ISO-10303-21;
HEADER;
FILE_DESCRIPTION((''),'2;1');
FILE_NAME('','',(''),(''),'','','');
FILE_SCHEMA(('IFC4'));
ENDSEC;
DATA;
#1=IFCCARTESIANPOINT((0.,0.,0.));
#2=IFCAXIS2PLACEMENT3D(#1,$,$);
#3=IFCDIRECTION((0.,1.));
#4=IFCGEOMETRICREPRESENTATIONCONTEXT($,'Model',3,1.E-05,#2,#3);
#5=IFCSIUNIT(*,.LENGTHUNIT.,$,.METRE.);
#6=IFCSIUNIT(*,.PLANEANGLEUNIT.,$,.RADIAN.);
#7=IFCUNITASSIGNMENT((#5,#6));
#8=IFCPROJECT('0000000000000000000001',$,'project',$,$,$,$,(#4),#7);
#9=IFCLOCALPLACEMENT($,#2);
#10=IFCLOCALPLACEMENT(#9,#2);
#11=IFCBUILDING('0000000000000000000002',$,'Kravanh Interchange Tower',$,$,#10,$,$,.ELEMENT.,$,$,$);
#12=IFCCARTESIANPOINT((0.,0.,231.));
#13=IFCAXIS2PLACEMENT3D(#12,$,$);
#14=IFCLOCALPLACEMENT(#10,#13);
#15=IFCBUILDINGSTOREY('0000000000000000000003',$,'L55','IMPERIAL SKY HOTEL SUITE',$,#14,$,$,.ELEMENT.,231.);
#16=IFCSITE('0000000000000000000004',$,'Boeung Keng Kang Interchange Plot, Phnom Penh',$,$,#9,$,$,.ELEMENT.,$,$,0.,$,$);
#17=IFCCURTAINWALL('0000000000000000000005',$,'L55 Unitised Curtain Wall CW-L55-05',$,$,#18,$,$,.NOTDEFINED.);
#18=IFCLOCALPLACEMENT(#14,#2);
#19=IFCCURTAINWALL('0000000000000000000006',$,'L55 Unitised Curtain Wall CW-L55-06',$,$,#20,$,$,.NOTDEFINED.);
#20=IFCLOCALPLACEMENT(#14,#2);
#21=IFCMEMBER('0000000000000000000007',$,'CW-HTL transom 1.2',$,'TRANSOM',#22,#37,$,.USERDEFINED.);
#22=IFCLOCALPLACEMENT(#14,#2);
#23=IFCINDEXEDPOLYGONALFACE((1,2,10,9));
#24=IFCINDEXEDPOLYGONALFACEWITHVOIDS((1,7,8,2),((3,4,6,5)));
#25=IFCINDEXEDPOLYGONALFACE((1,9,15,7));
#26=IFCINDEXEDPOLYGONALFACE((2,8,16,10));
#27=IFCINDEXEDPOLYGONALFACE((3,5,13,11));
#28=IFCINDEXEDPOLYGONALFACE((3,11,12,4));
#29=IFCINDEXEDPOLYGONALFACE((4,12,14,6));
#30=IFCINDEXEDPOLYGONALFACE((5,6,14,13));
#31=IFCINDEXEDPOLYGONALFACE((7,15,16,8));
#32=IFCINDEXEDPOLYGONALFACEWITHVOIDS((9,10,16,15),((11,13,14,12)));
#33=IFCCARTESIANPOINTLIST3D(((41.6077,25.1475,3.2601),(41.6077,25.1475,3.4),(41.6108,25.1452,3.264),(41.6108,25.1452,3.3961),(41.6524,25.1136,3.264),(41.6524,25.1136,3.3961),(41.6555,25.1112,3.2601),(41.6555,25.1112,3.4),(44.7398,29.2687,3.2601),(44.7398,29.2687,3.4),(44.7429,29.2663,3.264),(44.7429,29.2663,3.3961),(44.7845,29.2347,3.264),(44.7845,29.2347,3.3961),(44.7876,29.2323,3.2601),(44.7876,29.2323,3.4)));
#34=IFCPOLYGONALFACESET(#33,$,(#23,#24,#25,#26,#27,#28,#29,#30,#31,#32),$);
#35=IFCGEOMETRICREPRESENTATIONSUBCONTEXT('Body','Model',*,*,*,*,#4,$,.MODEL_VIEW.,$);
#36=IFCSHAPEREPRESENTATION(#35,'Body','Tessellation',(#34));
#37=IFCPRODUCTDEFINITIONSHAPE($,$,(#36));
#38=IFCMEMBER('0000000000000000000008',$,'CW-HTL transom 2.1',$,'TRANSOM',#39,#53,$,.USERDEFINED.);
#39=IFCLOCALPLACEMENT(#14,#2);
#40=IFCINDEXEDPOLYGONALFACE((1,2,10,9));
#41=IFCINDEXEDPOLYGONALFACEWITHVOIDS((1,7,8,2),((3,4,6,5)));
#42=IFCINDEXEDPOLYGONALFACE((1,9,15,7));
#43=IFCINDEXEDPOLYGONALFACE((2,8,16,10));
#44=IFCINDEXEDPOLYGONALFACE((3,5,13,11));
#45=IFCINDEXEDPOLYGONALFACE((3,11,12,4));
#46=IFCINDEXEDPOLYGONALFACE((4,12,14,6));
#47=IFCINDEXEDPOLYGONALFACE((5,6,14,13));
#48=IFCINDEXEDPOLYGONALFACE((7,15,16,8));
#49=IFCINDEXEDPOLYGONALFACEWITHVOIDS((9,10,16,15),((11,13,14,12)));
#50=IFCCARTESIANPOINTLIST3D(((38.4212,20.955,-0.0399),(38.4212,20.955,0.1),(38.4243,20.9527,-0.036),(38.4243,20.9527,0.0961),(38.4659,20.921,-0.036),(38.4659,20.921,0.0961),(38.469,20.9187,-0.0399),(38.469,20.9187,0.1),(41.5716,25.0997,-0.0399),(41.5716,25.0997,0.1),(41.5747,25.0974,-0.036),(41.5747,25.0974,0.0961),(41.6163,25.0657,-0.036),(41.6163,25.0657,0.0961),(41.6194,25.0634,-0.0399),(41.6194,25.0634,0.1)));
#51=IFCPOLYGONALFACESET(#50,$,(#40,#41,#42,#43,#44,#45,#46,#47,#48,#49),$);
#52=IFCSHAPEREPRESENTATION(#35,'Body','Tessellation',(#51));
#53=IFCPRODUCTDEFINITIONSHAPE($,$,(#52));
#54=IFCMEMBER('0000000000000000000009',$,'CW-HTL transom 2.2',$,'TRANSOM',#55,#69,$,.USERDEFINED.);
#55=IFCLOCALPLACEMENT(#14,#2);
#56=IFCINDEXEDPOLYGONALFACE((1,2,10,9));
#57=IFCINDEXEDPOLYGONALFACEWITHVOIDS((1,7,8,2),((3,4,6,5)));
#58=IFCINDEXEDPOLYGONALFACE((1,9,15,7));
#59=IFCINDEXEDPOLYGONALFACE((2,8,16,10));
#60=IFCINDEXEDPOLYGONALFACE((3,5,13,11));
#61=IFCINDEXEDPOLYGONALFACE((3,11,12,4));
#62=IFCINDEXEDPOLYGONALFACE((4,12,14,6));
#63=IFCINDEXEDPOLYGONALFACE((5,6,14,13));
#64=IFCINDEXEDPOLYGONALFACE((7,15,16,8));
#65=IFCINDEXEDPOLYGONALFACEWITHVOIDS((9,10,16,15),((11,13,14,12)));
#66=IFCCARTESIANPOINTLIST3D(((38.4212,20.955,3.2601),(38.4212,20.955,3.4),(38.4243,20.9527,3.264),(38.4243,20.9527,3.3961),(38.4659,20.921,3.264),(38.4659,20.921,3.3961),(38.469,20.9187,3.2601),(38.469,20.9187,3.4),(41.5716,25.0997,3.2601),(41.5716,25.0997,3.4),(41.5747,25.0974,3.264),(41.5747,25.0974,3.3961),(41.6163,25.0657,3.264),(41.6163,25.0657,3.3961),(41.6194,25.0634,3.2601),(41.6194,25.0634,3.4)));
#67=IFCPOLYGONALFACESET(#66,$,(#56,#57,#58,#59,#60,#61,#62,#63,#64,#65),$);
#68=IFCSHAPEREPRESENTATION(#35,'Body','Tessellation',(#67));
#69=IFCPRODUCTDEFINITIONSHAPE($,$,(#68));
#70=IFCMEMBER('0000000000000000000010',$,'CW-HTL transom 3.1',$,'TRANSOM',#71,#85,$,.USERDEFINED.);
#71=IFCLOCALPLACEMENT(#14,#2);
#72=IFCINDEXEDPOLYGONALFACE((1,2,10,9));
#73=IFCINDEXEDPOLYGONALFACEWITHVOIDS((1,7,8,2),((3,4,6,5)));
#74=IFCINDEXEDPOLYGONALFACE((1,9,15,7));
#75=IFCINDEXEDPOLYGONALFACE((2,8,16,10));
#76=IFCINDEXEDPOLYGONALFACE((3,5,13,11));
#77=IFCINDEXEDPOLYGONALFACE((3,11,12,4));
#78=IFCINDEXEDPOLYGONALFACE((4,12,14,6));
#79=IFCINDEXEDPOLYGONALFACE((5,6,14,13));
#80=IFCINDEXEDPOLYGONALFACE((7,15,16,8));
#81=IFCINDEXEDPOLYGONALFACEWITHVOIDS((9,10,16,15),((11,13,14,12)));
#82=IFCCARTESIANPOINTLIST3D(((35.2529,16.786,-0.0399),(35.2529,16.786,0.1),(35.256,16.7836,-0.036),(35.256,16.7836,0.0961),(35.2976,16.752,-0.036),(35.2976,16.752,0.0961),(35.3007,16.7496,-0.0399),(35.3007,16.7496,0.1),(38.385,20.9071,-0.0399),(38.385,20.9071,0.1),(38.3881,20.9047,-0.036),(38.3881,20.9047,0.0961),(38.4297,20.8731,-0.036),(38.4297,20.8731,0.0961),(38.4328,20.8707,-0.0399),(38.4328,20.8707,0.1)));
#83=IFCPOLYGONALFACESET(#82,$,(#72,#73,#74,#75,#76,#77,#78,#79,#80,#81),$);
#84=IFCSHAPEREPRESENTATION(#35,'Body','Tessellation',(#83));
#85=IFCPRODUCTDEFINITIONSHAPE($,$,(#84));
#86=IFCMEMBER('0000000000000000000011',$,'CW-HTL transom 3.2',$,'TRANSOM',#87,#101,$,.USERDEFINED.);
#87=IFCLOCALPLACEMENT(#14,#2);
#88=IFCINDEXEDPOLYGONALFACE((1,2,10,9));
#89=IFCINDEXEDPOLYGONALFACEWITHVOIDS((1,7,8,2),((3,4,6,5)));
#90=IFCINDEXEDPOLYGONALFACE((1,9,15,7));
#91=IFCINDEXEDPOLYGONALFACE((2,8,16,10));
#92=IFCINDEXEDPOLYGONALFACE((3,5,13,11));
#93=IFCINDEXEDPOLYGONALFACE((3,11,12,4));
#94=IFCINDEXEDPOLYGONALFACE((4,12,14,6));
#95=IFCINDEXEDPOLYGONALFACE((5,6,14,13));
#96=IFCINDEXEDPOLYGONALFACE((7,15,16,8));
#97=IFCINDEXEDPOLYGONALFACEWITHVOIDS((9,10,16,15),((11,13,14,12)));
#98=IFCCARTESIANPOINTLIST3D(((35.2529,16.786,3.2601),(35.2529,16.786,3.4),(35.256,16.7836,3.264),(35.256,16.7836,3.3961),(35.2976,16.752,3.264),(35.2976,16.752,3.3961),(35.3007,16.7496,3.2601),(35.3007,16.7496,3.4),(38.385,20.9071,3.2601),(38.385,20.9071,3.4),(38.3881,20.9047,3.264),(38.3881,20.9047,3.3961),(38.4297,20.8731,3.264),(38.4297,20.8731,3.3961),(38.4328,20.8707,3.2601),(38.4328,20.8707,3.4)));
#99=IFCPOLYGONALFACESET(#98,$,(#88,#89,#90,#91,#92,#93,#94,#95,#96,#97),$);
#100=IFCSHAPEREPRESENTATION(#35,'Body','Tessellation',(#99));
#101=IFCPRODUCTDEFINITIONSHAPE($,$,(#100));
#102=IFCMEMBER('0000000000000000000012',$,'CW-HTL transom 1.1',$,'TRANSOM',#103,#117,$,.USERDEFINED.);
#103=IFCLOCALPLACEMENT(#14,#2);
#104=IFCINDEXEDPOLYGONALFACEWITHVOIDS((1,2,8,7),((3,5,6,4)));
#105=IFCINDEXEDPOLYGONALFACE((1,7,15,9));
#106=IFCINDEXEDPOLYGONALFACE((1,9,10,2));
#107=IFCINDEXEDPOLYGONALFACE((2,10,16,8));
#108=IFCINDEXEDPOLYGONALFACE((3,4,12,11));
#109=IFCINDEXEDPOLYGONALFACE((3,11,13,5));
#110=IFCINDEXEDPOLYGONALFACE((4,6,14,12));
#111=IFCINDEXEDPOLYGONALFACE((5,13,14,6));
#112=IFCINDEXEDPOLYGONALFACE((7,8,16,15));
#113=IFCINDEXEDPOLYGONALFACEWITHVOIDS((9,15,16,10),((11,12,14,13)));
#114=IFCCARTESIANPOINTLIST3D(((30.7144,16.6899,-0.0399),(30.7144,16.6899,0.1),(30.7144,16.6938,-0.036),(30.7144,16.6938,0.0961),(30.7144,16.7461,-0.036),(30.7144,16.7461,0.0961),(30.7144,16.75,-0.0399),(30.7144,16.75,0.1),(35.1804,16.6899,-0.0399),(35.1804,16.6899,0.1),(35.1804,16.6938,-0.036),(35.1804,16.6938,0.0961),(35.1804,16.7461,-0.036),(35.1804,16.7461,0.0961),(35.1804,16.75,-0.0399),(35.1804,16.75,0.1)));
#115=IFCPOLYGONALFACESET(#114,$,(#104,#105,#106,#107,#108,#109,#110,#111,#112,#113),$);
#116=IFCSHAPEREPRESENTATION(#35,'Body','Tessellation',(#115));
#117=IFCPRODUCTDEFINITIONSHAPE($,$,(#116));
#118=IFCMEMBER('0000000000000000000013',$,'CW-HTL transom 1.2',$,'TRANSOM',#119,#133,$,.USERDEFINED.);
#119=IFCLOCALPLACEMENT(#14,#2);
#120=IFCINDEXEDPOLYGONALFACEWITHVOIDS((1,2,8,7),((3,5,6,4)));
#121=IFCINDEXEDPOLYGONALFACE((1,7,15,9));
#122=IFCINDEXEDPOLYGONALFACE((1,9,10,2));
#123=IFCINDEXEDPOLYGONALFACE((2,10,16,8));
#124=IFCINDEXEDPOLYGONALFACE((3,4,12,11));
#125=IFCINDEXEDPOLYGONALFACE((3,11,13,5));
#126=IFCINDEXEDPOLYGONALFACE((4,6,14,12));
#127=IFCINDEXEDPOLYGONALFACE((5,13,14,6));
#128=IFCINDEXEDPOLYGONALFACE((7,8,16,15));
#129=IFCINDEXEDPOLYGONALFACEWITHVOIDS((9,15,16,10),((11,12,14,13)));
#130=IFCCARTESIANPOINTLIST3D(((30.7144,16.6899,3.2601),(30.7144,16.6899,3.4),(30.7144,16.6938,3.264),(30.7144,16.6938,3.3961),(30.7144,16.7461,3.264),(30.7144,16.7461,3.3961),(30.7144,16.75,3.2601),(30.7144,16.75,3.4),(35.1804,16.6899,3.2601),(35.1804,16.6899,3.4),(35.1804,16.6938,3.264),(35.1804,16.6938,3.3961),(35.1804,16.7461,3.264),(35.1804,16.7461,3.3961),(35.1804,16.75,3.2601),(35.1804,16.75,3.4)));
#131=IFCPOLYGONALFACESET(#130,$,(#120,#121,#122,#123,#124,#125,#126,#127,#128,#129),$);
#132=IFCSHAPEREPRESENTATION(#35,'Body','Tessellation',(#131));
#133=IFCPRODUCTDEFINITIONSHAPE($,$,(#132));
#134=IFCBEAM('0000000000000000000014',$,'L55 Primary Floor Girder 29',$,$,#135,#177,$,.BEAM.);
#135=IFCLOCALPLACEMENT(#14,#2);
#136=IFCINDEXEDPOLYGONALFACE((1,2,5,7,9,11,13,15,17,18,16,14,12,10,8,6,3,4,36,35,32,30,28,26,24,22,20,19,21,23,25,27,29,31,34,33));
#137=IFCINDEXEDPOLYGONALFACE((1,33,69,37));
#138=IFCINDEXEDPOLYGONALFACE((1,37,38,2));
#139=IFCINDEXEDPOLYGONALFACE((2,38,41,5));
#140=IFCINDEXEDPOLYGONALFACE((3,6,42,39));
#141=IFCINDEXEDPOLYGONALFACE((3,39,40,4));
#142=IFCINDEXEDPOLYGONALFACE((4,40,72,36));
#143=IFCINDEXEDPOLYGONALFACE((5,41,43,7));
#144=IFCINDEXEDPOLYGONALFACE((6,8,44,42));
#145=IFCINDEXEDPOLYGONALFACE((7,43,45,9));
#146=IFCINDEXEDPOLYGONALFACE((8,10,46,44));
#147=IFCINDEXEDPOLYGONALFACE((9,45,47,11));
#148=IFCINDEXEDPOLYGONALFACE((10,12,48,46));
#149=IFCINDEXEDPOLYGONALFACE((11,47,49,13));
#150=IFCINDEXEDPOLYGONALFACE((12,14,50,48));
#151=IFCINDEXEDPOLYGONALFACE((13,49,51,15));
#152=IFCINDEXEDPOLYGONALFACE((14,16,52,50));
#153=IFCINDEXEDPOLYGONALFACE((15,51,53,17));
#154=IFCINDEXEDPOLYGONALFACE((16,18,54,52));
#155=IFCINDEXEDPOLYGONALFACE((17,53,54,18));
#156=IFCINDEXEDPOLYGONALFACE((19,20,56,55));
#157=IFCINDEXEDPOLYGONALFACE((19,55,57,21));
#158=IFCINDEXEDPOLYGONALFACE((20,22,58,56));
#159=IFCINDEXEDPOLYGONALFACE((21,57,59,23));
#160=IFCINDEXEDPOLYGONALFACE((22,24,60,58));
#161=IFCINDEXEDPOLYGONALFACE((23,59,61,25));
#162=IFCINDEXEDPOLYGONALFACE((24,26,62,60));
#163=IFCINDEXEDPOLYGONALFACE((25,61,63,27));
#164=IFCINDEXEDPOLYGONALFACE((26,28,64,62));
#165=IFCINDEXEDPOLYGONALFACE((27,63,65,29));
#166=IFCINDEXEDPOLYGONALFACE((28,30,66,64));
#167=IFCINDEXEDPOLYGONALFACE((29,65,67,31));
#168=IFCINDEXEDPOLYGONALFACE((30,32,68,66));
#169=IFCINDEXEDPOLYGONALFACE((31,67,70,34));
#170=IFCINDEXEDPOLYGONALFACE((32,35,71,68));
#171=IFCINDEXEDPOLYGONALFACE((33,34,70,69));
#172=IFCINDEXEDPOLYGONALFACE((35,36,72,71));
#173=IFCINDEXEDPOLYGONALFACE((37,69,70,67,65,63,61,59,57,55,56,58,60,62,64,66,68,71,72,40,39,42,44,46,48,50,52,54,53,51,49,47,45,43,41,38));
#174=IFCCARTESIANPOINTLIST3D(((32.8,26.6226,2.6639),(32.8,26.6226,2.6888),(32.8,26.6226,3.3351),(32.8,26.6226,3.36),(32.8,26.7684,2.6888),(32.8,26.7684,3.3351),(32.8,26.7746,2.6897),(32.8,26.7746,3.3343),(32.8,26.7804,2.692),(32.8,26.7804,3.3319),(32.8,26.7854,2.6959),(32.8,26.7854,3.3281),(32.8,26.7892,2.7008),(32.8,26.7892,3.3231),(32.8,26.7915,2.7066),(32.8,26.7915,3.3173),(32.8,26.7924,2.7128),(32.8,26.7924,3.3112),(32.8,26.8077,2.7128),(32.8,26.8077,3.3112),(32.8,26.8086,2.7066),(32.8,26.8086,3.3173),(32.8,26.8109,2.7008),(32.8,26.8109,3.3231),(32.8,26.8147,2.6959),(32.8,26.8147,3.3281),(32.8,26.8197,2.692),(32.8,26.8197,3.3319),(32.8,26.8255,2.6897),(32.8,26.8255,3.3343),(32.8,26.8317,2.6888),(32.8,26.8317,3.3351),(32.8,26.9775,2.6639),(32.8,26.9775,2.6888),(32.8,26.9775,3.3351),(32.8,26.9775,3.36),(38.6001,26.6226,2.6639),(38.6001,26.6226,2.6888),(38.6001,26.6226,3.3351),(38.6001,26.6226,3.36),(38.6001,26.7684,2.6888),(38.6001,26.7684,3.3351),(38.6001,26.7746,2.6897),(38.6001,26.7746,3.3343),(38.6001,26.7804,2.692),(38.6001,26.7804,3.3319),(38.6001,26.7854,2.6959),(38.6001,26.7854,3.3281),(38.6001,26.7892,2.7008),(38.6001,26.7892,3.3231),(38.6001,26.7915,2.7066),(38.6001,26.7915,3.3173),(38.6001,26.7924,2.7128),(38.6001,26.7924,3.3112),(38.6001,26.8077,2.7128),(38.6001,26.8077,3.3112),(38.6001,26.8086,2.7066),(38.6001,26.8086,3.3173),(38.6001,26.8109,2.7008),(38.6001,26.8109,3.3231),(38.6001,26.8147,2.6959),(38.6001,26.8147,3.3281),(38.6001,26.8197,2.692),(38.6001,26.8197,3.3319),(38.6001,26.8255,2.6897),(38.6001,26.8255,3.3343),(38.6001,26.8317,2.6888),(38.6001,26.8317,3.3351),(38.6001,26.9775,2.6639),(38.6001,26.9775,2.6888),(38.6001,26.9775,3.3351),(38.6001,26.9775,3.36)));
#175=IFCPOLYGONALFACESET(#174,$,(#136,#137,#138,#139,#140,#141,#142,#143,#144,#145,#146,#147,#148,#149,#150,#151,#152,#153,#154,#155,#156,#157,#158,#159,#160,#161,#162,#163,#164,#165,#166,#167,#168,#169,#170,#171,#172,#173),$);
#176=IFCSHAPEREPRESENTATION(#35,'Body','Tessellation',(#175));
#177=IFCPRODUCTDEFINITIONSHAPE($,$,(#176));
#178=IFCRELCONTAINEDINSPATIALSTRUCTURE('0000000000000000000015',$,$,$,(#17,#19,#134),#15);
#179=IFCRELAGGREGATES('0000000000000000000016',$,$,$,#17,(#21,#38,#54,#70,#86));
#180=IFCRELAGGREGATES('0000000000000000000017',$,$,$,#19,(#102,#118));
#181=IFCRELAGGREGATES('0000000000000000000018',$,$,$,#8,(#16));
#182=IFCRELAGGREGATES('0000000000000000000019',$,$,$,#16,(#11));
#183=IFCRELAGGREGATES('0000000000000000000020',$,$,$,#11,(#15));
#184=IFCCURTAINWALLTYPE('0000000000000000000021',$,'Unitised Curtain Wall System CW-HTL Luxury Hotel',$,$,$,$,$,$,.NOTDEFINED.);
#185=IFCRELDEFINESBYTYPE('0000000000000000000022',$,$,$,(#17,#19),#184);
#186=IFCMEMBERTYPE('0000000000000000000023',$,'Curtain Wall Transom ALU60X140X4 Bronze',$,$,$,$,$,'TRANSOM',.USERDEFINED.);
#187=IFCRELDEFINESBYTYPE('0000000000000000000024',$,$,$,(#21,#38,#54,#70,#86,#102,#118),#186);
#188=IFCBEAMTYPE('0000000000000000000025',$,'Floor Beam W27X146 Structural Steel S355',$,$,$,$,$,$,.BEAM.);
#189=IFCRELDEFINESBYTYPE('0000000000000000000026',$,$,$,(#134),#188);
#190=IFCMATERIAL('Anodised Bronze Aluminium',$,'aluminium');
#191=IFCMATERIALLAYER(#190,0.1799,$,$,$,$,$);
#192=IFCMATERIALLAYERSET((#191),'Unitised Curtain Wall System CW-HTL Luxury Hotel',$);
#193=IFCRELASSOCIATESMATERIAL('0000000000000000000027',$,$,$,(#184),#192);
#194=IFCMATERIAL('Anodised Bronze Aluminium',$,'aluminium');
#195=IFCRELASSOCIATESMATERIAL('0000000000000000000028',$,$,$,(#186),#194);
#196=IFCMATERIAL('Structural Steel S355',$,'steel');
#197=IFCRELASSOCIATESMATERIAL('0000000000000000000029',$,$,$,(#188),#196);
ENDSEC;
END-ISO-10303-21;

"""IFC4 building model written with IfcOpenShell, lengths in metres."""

from ifc_helpers import new_model, si_unit, direction, frame, origin, origin_2d, place, context, subcontext, project, spatial, hollow_rectangle, i_section, extrude, material, layer, layer_set, material_profile, profile_set, type_object, element, aggregate, save


model = new_model("IFC4")

# Units and contexts
model_context = context("Model", 3, precision=1e-05, world=origin(), true_north=direction((0.0, 1.0)))
body_context = subcontext(model_context, "Body", "Model", "MODEL_VIEW")
ifc_project = project(units=[si_unit("LENGTHUNIT", "METRE"), si_unit("PLANEANGLEUNIT", "RADIAN")], contexts=[model_context])

# Site, building, storey
site_placement = place(None, origin())
site = spatial("IfcSite", under=ifc_project, at=site_placement, Name="Boeung Keng Kang Interchange Plot, Phnom Penh", CompositionType="ELEMENT", RefElevation=0.0)
building_placement = place(site_placement, origin())
building = spatial("IfcBuilding", under=site, at=building_placement, Name="Kravanh Interchange Tower", CompositionType="ELEMENT")
storey_placement = place(building_placement, frame((0.0, 0.0, 231.0)))
storey = spatial("IfcBuildingStorey", under=building, at=storey_placement, Name="L55", Description="IMPERIAL SKY HOTEL SUITE", CompositionType="ELEMENT", Elevation=231.0)

# Shared definitions
ifc_material_1 = material(Name="Anodised Bronze Aluminium", Category="aluminium")
ifc_layer_1 = layer(ifc_material_1, 0.1799)
ifc_layer_set_1 = layer_set([ifc_layer_1], Name="Unitised Curtain Wall System CW-HTL Luxury Hotel")
curtain_wall_type = type_object("IfcCurtainWallType", Name="Unitised Curtain Wall System CW-HTL Luxury Hotel", PredefinedType="NOTDEFINED", material=ifc_layer_set_1)

# Curtain wall
curtain_wall_1_placement = place(storey_placement, origin())
curtain_wall_1 = element("IfcCurtainWall", 1, at=curtain_wall_1_placement, inside=storey, type_object=curtain_wall_type, Name="L55 Unitised Curtain Wall CW-L55-05", PredefinedType="NOTDEFINED")

# Curtain wall
curtain_wall_2_placement = place(storey_placement, origin())
curtain_wall_2 = element("IfcCurtainWall", 2, at=curtain_wall_2_placement, inside=storey, type_object=curtain_wall_type, Name="L55 Unitised Curtain Wall CW-L55-06", PredefinedType="NOTDEFINED")

# Members
ifc_material_2 = material(Name="Anodised Bronze Aluminium", Category="aluminium")
ifc_material_profile_1 = material_profile(ifc_material_2, hollow_rectangle(XDim=0.0601, YDim=0.1399, WallThickness=0.0039, at=origin_2d()), Name="ALU60X140X4")
ifc_profile_set_1 = profile_set([ifc_material_profile_1], Name="Anodised Bronze Aluminium")
member_type_1 = type_object("IfcMemberType", Name="Curtain Wall Transom ALU60X140X4 Bronze", ElementType="TRANSOM", PredefinedType="USERDEFINED", material=ifc_profile_set_1)
member_1_placement = place(storey_placement, frame((44.7637, 29.2505, 3.3301), z_axis=(-0.605089, -0.796158, 0.0), x_axis=(0.796158, -0.605089, 0.0)))
member_1 = element("IfcMember", 3, at=member_1_placement, type_object=member_type_1, Name="CW-HTL transom 1.2", ObjectType="TRANSOM", PredefinedType="USERDEFINED", context=body_context, shape_type="SweptSolid", body=[
    extrude(hollow_rectangle(XDim=0.0601, YDim=0.1399, WallThickness=0.0039, at=origin_2d()), origin(), (0.0, 0.0, 1.0), 5.1763),
])
member_2_placement = place(storey_placement, frame((41.5955, 25.0815, 0.03), z_axis=(-0.605127, -0.796129, 0.0), x_axis=(0.796129, -0.605127, 0.0)))
member_2 = element("IfcMember", 4, at=member_2_placement, type_object=member_type_1, Name="CW-HTL transom 2.1", ObjectType="TRANSOM", PredefinedType="USERDEFINED", context=body_context, shape_type="SweptSolid", body=[
    extrude(hollow_rectangle(XDim=0.0601, YDim=0.1399, WallThickness=0.0039, at=origin_2d()), origin(), (0.0, 0.0, 1.0), 5.2061),
])
member_3_placement = place(storey_placement, frame((41.5955, 25.0815, 3.3301), z_axis=(-0.605127, -0.796129, 0.0), x_axis=(0.796129, -0.605127, 0.0)))
member_3 = element("IfcMember", 5, at=member_3_placement, type_object=member_type_1, Name="CW-HTL transom 2.2", ObjectType="TRANSOM", PredefinedType="USERDEFINED", context=body_context, shape_type="SweptSolid", body=[
    extrude(hollow_rectangle(XDim=0.0601, YDim=0.1399, WallThickness=0.0039, at=origin_2d()), origin(), (0.0, 0.0, 1.0), 5.2061),
])
member_4_placement = place(storey_placement, frame((38.4089, 20.8889, 0.03), z_axis=(-0.605089, -0.796158, 0.0), x_axis=(0.796158, -0.605089, 0.0)))
member_4 = element("IfcMember", 6, at=member_4_placement, type_object=member_type_1, Name="CW-HTL transom 3.1", ObjectType="TRANSOM", PredefinedType="USERDEFINED", context=body_context, shape_type="SweptSolid", body=[
    extrude(hollow_rectangle(XDim=0.0601, YDim=0.1399, WallThickness=0.0039, at=origin_2d()), origin(), (0.0, 0.0, 1.0), 5.1763),
])
member_5_placement = place(storey_placement, frame((38.4089, 20.8889, 3.3301), z_axis=(-0.605089, -0.796158, 0.0), x_axis=(0.796158, -0.605089, 0.0)))
member_5 = element("IfcMember", 7, at=member_5_placement, type_object=member_type_1, Name="CW-HTL transom 3.2", ObjectType="TRANSOM", PredefinedType="USERDEFINED", context=body_context, shape_type="SweptSolid", body=[
    extrude(hollow_rectangle(XDim=0.0601, YDim=0.1399, WallThickness=0.0039, at=origin_2d()), origin(), (0.0, 0.0, 1.0), 5.1763),
])
member_6_placement = place(storey_placement, frame((35.1804, 16.72, 0.03), z_axis=(-1.0, 0.0, 0.0), x_axis=(0.0, -1.0, 0.0)))
member_6 = element("IfcMember", 8, at=member_6_placement, type_object=member_type_1, Name="CW-HTL transom 1.1", ObjectType="TRANSOM", PredefinedType="USERDEFINED", context=body_context, shape_type="SweptSolid", body=[
    extrude(hollow_rectangle(XDim=0.0601, YDim=0.1399, WallThickness=0.0039, at=origin_2d()), origin(), (0.0, 0.0, 1.0), 4.4661),
])
member_7_placement = place(storey_placement, frame((35.1804, 16.72, 3.3301), z_axis=(-1.0, 0.0, 0.0), x_axis=(0.0, -1.0, 0.0)))
member_7 = element("IfcMember", 9, at=member_7_placement, type_object=member_type_1, Name="CW-HTL transom 1.2", ObjectType="TRANSOM", PredefinedType="USERDEFINED", context=body_context, shape_type="SweptSolid", body=[
    extrude(hollow_rectangle(XDim=0.0601, YDim=0.1399, WallThickness=0.0039, at=origin_2d()), origin(), (0.0, 0.0, 1.0), 4.4661),
])

# Beam
ifc_material_3 = material(Name="Structural Steel S355", Category="steel")
ifc_material_profile_2 = material_profile(ifc_material_3, i_section(OverallWidth=0.355, OverallDepth=0.696, WebThickness=0.0154, FlangeThickness=0.0249, FilletRadius=0.0239, at=origin_2d()), Name="W27X146")
ifc_profile_set_2 = profile_set([ifc_material_profile_2], Name="Structural Steel S355")
beam_type_1 = type_object("IfcBeamType", Name="Floor Beam W27X146 Structural Steel S355", PredefinedType="BEAM", material=ifc_profile_set_2)
beam_1_placement = place(storey_placement, frame((38.6001, 26.8, 3.012), z_axis=(-1.0, 0.0, 0.0), x_axis=(0.0, -1.0, 0.0)))
element("IfcBeam", 10, at=beam_1_placement, inside=storey, type_object=beam_type_1, Name="L55 Primary Floor Girder 29", PredefinedType="BEAM", context=body_context, shape_type="SweptSolid", body=[
    extrude(i_section(OverallWidth=0.355, OverallDepth=0.696, WebThickness=0.0154, FlangeThickness=0.0249, FilletRadius=0.0239, at=origin_2d()), origin(), (0.0, 0.0, 1.0), 5.8),
])

aggregate(curtain_wall_1, [member_1, member_2, member_3, member_4, member_5])
aggregate(curtain_wall_2, [member_6, member_7])

save(model, "model.ifc")
